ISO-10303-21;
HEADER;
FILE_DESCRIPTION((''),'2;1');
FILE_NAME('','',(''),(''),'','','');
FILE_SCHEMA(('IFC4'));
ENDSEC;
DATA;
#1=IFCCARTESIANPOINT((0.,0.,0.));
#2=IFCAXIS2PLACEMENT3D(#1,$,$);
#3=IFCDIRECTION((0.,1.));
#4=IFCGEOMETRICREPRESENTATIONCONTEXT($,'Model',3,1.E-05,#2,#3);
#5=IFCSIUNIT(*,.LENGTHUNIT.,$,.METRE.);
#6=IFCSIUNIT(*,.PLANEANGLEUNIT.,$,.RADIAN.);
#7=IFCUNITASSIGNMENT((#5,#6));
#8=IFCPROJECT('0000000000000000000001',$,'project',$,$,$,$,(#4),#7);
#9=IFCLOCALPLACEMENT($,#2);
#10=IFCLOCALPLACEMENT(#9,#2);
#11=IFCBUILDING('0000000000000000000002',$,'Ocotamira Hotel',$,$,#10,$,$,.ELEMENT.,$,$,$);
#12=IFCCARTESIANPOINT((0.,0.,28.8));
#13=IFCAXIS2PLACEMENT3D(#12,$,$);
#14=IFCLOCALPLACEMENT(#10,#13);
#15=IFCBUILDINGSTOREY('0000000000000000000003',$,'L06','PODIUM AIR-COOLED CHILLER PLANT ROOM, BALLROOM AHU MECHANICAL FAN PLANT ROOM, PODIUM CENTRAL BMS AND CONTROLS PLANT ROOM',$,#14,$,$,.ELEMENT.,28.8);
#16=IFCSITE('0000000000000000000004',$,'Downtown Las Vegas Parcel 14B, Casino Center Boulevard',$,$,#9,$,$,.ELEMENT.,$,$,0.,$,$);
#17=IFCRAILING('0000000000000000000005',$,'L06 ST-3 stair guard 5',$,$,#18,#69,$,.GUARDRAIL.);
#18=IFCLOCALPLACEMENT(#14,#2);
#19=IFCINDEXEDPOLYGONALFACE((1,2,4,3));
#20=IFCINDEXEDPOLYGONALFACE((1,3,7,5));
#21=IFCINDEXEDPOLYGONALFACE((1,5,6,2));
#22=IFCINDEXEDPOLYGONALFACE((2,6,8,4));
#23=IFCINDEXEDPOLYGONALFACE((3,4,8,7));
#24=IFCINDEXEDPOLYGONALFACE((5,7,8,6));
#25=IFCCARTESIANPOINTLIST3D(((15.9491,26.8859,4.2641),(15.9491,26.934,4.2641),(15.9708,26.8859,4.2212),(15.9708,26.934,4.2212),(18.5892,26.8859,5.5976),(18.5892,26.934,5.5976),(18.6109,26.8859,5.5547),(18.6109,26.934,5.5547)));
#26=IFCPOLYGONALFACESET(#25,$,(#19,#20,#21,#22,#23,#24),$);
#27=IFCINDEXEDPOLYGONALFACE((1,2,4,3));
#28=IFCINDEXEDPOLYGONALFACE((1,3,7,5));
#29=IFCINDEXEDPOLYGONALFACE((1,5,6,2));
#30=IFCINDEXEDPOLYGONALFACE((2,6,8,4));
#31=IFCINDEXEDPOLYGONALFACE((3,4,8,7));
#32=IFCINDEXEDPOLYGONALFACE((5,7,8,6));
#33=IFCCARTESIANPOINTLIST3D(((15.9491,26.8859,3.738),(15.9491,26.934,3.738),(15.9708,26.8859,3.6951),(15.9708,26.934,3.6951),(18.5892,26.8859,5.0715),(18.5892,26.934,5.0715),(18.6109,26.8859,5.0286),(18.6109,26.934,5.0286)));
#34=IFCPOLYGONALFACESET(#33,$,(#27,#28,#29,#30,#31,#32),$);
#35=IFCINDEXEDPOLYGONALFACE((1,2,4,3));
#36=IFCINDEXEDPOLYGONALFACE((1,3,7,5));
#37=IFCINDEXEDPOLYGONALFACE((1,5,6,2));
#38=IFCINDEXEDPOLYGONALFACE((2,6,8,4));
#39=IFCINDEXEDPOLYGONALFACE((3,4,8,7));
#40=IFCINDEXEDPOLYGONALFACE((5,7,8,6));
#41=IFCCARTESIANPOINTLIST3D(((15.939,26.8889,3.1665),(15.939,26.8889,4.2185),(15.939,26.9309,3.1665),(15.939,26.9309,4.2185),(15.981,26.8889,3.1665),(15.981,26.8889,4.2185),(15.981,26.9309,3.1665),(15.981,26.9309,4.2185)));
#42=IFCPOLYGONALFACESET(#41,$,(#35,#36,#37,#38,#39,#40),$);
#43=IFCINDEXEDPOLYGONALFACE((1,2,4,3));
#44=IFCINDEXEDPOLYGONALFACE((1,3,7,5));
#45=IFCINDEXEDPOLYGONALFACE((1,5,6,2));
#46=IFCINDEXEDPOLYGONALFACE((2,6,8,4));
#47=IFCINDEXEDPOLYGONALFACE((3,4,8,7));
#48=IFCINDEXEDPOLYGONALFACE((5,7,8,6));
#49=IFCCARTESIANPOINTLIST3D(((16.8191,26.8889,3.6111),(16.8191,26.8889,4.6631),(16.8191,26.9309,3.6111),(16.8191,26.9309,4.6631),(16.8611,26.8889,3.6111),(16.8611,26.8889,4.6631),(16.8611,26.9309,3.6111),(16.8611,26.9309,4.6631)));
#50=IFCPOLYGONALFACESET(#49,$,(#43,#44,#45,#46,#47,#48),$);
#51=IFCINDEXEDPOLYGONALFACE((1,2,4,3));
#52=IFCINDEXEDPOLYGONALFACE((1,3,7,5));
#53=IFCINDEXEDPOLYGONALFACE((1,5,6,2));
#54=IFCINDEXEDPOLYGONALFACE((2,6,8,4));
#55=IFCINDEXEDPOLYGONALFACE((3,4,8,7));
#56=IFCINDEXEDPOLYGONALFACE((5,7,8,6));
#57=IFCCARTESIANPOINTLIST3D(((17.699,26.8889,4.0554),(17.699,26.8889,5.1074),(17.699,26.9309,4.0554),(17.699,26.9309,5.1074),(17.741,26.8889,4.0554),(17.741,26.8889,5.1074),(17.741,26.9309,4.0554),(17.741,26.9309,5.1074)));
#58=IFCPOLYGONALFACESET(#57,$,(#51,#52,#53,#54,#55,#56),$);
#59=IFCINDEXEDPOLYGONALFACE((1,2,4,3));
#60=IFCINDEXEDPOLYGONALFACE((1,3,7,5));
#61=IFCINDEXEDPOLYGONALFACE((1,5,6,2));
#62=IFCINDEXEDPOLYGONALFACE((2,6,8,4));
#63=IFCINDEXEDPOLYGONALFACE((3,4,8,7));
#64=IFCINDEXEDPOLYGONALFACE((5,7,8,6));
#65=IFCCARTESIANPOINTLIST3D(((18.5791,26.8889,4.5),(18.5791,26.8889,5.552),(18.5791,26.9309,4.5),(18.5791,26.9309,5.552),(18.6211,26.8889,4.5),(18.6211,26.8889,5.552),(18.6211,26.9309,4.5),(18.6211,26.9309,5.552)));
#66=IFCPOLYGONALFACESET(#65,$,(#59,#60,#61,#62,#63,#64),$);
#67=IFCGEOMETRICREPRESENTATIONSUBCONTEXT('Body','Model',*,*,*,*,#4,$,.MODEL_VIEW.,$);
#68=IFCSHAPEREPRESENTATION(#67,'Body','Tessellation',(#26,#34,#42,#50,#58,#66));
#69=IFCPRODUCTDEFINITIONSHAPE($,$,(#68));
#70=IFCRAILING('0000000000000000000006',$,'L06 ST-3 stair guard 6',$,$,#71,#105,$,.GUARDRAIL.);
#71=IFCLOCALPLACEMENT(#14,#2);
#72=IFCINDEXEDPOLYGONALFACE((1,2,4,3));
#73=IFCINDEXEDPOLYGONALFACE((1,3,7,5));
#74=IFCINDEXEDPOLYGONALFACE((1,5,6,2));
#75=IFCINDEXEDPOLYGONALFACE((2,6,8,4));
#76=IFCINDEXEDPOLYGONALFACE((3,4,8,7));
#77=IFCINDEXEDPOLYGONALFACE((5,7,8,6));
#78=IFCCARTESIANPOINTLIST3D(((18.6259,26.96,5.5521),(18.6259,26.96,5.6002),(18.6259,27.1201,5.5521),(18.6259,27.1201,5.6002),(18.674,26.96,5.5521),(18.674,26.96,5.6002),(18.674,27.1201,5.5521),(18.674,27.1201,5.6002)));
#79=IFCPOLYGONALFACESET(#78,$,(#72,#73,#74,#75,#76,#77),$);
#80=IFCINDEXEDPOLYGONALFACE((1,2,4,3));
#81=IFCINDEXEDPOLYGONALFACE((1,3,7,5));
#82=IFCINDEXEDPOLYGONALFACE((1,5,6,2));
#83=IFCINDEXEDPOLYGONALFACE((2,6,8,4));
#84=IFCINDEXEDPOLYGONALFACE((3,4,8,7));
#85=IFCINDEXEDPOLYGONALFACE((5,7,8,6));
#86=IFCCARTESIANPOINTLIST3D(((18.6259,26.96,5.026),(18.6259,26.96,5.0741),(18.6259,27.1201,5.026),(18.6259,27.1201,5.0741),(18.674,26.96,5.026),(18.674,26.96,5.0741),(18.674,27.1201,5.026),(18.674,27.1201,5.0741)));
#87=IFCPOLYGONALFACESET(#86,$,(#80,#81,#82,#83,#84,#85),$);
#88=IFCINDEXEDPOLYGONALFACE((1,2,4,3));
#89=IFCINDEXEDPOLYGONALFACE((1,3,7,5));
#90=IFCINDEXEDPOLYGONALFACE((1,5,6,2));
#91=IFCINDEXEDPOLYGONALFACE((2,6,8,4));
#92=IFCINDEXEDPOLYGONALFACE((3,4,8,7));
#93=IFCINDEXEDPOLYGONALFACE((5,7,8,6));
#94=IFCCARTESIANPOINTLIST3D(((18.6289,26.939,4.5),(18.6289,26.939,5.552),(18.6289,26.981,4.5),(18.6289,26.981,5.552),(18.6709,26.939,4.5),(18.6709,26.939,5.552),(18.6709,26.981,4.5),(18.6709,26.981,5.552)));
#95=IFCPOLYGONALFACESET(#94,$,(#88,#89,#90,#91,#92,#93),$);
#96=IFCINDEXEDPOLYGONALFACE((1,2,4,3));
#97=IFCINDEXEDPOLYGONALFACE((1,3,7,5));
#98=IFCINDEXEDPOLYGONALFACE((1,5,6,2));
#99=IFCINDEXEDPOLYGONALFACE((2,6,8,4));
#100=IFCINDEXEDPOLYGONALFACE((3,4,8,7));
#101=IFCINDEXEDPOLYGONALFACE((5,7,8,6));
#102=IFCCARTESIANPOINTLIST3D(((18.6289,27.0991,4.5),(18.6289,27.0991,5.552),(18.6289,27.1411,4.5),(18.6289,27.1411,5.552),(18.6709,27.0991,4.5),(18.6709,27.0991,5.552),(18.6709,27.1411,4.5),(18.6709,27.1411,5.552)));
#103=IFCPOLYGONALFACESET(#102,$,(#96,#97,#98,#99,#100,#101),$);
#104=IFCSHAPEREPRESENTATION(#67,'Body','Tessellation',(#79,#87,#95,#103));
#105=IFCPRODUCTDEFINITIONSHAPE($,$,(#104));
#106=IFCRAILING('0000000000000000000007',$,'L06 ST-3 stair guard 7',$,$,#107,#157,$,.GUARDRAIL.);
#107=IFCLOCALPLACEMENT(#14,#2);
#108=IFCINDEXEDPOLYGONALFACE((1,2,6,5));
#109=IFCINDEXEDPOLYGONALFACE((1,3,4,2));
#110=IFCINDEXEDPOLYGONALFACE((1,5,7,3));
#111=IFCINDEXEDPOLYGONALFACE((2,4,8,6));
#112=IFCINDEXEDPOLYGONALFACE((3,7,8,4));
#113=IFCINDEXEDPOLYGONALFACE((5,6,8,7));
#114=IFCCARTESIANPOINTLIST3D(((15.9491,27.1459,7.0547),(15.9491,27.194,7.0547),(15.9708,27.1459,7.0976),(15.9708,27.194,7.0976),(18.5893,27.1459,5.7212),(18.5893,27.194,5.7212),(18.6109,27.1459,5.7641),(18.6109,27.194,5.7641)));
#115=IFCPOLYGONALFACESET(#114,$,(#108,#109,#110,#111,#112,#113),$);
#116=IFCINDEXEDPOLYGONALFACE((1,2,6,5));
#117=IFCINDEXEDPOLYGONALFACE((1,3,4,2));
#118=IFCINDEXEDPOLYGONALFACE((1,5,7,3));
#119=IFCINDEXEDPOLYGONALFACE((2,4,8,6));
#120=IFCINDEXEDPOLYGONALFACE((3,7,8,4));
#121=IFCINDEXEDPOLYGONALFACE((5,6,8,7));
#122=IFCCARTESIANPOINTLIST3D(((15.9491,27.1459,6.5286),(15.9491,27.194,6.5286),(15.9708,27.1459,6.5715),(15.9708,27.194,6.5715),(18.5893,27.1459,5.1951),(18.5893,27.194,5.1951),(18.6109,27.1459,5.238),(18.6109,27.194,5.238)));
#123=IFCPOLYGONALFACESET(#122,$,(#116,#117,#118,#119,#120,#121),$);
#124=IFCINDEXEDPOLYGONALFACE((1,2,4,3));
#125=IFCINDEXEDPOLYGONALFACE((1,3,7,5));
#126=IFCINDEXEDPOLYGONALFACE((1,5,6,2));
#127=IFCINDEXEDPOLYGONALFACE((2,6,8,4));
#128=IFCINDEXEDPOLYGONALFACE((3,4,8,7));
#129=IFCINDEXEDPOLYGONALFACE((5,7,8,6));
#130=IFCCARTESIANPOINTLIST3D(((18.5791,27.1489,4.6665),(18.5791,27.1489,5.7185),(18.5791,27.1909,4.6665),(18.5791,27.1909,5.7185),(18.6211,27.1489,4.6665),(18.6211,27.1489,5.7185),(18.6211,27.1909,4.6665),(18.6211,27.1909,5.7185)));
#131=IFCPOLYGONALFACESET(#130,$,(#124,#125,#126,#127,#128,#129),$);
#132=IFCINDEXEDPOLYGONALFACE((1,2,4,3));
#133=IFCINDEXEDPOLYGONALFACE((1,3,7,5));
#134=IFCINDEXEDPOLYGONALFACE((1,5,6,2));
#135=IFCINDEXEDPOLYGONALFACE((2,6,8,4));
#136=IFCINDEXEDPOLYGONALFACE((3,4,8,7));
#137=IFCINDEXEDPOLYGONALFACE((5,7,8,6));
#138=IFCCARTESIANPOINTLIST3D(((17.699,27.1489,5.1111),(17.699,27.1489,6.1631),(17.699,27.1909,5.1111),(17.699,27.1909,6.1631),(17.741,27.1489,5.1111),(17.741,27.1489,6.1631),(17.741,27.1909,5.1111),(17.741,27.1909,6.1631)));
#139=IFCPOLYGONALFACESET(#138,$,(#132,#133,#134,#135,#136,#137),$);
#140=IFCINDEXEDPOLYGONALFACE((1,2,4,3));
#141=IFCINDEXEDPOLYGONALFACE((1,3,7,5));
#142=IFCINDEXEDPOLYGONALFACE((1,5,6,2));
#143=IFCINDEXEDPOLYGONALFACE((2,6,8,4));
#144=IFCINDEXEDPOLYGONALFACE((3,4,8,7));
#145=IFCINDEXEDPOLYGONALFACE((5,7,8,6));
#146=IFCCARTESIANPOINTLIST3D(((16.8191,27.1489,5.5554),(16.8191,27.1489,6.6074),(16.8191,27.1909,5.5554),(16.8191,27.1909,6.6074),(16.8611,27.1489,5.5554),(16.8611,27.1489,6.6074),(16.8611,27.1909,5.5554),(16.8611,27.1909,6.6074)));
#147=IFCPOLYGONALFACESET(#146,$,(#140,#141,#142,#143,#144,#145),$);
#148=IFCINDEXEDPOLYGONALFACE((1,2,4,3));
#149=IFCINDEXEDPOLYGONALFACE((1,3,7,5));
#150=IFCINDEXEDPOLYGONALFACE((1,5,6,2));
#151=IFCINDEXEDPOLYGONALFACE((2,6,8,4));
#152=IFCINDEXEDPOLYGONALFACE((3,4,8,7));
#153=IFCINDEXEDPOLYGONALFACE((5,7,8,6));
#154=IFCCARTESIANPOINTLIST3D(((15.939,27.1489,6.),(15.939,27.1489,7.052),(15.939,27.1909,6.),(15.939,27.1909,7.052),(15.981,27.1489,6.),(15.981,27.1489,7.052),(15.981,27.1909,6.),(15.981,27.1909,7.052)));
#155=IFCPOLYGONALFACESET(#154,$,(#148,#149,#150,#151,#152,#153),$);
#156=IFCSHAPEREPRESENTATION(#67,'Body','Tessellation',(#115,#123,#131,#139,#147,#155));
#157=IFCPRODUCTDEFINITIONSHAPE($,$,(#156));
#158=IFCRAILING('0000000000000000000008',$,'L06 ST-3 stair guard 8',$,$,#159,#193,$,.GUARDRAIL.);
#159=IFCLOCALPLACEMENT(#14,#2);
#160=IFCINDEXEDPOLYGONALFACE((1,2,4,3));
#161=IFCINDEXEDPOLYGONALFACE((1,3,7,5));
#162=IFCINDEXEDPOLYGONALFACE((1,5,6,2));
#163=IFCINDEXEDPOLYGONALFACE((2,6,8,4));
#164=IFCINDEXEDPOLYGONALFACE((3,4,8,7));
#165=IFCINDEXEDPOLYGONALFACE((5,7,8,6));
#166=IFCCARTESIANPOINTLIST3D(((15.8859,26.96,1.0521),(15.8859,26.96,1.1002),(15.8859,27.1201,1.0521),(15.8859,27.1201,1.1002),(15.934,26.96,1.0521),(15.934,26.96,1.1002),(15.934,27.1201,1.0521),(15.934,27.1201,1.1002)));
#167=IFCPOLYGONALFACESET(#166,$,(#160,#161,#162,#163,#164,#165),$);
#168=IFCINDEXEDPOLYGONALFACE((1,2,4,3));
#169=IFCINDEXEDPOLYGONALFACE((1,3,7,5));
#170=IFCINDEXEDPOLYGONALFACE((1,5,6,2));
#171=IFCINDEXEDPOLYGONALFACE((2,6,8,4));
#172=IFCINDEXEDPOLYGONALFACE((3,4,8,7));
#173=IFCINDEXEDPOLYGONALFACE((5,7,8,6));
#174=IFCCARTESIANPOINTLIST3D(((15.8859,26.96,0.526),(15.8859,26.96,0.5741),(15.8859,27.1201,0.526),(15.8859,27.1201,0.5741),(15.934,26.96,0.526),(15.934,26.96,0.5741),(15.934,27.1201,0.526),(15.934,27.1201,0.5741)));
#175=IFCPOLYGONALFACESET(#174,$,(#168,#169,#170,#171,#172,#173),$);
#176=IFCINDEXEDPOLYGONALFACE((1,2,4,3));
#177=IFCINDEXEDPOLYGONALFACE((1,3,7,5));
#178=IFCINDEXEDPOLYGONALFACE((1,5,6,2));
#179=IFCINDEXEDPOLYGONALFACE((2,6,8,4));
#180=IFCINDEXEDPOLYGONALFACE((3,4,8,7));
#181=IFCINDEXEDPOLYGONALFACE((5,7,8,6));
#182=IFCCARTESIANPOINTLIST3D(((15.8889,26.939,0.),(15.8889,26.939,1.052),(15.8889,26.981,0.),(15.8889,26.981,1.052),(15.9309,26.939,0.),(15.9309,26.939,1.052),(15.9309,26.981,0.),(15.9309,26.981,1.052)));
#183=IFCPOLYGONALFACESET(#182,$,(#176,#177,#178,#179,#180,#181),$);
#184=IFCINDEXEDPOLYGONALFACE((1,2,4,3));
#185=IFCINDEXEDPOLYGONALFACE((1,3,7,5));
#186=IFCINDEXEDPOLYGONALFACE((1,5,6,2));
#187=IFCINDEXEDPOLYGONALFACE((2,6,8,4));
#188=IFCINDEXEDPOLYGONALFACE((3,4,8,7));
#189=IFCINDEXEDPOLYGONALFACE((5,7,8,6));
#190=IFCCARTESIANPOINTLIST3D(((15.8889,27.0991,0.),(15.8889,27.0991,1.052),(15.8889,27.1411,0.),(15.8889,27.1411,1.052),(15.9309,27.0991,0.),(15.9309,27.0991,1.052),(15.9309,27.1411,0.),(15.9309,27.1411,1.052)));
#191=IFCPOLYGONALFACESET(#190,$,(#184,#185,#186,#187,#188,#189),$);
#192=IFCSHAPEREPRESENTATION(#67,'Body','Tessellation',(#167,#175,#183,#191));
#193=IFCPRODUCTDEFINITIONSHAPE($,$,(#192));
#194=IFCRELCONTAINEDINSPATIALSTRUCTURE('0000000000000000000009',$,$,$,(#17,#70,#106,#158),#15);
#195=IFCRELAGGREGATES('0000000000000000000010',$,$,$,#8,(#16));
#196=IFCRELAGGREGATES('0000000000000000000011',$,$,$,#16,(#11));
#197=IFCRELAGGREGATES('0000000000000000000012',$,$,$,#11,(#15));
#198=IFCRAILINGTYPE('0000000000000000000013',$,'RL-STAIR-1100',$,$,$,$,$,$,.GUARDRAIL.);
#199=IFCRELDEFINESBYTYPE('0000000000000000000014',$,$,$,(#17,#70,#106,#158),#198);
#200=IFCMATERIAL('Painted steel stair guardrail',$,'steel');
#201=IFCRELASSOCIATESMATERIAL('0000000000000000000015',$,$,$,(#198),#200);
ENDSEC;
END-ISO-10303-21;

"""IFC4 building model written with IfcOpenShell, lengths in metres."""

from ifc_helpers import new_model, si_unit, direction, frame, origin, origin_2d, place, context, subcontext, project, spatial, rectangle, extrude, material, type_object, element, save


model = new_model("IFC4")

# Units and contexts
model_context = context("Model", 3, precision=1e-05, world=origin(), true_north=direction((0.0, 1.0)))
body_context = subcontext(model_context, "Body", "Model", "MODEL_VIEW")
ifc_project = project(units=[si_unit("LENGTHUNIT", "METRE"), si_unit("PLANEANGLEUNIT", "RADIAN")], contexts=[model_context])

# Site, building, storey
site_placement = place(None, origin())
site = spatial("IfcSite", under=ifc_project, at=site_placement, Name="Downtown Las Vegas Parcel 14B, Casino Center Boulevard", CompositionType="ELEMENT", RefElevation=0.0)
building_placement = place(site_placement, origin())
building = spatial("IfcBuilding", under=site, at=building_placement, Name="Ocotamira Hotel", CompositionType="ELEMENT")
storey_placement = place(building_placement, frame((0.0, 0.0, 28.8)))
storey = spatial("IfcBuildingStorey", under=building, at=storey_placement, Name="L06", Description="PODIUM AIR-COOLED CHILLER PLANT ROOM, BALLROOM AHU MECHANICAL FAN PLANT ROOM, PODIUM CENTRAL BMS AND CONTROLS PLANT ROOM", CompositionType="ELEMENT", Elevation=28.8)

# Railings
ifc_material_1 = material(Name="Painted steel stair guardrail", Category="steel")
railing_type_1 = type_object("IfcRailingType", Name="RL-STAIR-1100", PredefinedType="GUARDRAIL", material=ifc_material_1)
railing_1_placement = place(storey_placement, frame((15.96, 26.9099, 3.1665)))
element("IfcRailing", 1, at=railing_1_placement, inside=storey, type_object=railing_type_1, Name="L06 ST-3 stair guard 5", PredefinedType="GUARDRAIL", context=body_context, shape_type="SweptSolid", body=[
    extrude(rectangle(XDim=0.0481, YDim=0.0481, at=origin_2d()), frame((0.0, 0.0, 1.0762), z_axis=(0.892604, 0.0, 0.450842), x_axis=(0.0, 1.0, 0.0)), (0.0, 0.0, 1.0), 2.9578),
    extrude(rectangle(XDim=0.0481, YDim=0.0481, at=origin_2d()), frame((0.0, 0.0, 0.55), z_axis=(0.892604, 0.0, 0.450842), x_axis=(0.0, 1.0, 0.0)), (0.0, 0.0, 1.0), 2.9578),
    extrude(rectangle(XDim=0.042, YDim=0.042, at=origin_2d()), origin(), (0.0, 0.0, 1.0), 1.052),
    extrude(rectangle(XDim=0.042, YDim=0.042, at=origin_2d()), frame((0.8801, 0.0, 0.4446)), (0.0, 0.0, 1.0), 1.052),
    extrude(rectangle(XDim=0.042, YDim=0.042, at=origin_2d()), frame((1.76, 0.0, 0.8889)), (0.0, 0.0, 1.0), 1.052),
    extrude(rectangle(XDim=0.042, YDim=0.042, at=origin_2d()), frame((2.6401, 0.0, 1.3335)), (0.0, 0.0, 1.0), 1.052),
])
railing_2_placement = place(storey_placement, frame((18.6499, 26.96, 4.5)))
element("IfcRailing", 2, at=railing_2_placement, inside=storey, type_object=railing_type_1, Name="L06 ST-3 stair guard 6", PredefinedType="GUARDRAIL", context=body_context, shape_type="SweptSolid", body=[
    extrude(rectangle(XDim=0.0481, YDim=0.0481, at=origin_2d()), frame((0.0, 0.0, 1.0762), z_axis=(0.0, 1.0, 0.0), x_axis=(-1.0, 0.0, 0.0)), (0.0, 0.0, 1.0), 0.1602),
    extrude(rectangle(XDim=0.0481, YDim=0.0481, at=origin_2d()), frame((0.0, 0.0, 0.55), z_axis=(0.0, 1.0, 0.0), x_axis=(-1.0, 0.0, 0.0)), (0.0, 0.0, 1.0), 0.1602),
    extrude(rectangle(XDim=0.042, YDim=0.042, at=origin_2d()), origin(), (0.0, 0.0, 1.0), 1.052),
    extrude(rectangle(XDim=0.042, YDim=0.042, at=origin_2d()), frame((0.0, 0.1602, 0.0)), (0.0, 0.0, 1.0), 1.052),
])
railing_3_placement = place(storey_placement, frame((18.6001, 27.1699, 4.6665)))
element("IfcRailing", 3, at=railing_3_placement, inside=storey, type_object=railing_type_1, Name="L06 ST-3 stair guard 7", PredefinedType="GUARDRAIL", context=body_context, shape_type="SweptSolid", body=[
    extrude(rectangle(XDim=0.0481, YDim=0.0481, at=origin_2d()), frame((0.0, 0.0, 1.0762), z_axis=(-0.892604, 0.0, 0.450842), x_axis=(0.0, -1.0, 0.0)), (0.0, 0.0, 1.0), 2.9578),
    extrude(rectangle(XDim=0.0481, YDim=0.0481, at=origin_2d()), frame((0.0, 0.0, 0.55), z_axis=(-0.892604, 0.0, 0.450842), x_axis=(0.0, -1.0, 0.0)), (0.0, 0.0, 1.0), 2.9578),
    extrude(rectangle(XDim=0.042, YDim=0.042, at=origin_2d()), origin(), (0.0, 0.0, 1.0), 1.052),
    extrude(rectangle(XDim=0.042, YDim=0.042, at=origin_2d()), frame((-0.8801, 0.0, 0.4446)), (0.0, 0.0, 1.0), 1.052),
    extrude(rectangle(XDim=0.042, YDim=0.042, at=origin_2d()), frame((-1.76, 0.0, 0.8889)), (0.0, 0.0, 1.0), 1.052),
    extrude(rectangle(XDim=0.042, YDim=0.042, at=origin_2d()), frame((-2.6401, 0.0, 1.3335)), (0.0, 0.0, 1.0), 1.052),
])
railing_4_placement = place(storey_placement, frame((15.9099, 26.96, 0.0)))
element("IfcRailing", 4, at=railing_4_placement, inside=storey, type_object=railing_type_1, Name="L06 ST-3 stair guard 8", PredefinedType="GUARDRAIL", context=body_context, shape_type="SweptSolid", body=[
    extrude(rectangle(XDim=0.0481, YDim=0.0481, at=origin_2d()), frame((0.0, 0.0, 1.0762), z_axis=(0.0, 1.0, 0.0), x_axis=(-1.0, 0.0, 0.0)), (0.0, 0.0, 1.0), 0.1602),
    extrude(rectangle(XDim=0.0481, YDim=0.0481, at=origin_2d()), frame((0.0, 0.0, 0.55), z_axis=(0.0, 1.0, 0.0), x_axis=(-1.0, 0.0, 0.0)), (0.0, 0.0, 1.0), 0.1602),
    extrude(rectangle(XDim=0.042, YDim=0.042, at=origin_2d()), origin(), (0.0, 0.0, 1.0), 1.052),
    extrude(rectangle(XDim=0.042, YDim=0.042, at=origin_2d()), frame((0.0, 0.1602, 0.0)), (0.0, 0.0, 1.0), 1.052),
])

save(model, "model.ifc")
